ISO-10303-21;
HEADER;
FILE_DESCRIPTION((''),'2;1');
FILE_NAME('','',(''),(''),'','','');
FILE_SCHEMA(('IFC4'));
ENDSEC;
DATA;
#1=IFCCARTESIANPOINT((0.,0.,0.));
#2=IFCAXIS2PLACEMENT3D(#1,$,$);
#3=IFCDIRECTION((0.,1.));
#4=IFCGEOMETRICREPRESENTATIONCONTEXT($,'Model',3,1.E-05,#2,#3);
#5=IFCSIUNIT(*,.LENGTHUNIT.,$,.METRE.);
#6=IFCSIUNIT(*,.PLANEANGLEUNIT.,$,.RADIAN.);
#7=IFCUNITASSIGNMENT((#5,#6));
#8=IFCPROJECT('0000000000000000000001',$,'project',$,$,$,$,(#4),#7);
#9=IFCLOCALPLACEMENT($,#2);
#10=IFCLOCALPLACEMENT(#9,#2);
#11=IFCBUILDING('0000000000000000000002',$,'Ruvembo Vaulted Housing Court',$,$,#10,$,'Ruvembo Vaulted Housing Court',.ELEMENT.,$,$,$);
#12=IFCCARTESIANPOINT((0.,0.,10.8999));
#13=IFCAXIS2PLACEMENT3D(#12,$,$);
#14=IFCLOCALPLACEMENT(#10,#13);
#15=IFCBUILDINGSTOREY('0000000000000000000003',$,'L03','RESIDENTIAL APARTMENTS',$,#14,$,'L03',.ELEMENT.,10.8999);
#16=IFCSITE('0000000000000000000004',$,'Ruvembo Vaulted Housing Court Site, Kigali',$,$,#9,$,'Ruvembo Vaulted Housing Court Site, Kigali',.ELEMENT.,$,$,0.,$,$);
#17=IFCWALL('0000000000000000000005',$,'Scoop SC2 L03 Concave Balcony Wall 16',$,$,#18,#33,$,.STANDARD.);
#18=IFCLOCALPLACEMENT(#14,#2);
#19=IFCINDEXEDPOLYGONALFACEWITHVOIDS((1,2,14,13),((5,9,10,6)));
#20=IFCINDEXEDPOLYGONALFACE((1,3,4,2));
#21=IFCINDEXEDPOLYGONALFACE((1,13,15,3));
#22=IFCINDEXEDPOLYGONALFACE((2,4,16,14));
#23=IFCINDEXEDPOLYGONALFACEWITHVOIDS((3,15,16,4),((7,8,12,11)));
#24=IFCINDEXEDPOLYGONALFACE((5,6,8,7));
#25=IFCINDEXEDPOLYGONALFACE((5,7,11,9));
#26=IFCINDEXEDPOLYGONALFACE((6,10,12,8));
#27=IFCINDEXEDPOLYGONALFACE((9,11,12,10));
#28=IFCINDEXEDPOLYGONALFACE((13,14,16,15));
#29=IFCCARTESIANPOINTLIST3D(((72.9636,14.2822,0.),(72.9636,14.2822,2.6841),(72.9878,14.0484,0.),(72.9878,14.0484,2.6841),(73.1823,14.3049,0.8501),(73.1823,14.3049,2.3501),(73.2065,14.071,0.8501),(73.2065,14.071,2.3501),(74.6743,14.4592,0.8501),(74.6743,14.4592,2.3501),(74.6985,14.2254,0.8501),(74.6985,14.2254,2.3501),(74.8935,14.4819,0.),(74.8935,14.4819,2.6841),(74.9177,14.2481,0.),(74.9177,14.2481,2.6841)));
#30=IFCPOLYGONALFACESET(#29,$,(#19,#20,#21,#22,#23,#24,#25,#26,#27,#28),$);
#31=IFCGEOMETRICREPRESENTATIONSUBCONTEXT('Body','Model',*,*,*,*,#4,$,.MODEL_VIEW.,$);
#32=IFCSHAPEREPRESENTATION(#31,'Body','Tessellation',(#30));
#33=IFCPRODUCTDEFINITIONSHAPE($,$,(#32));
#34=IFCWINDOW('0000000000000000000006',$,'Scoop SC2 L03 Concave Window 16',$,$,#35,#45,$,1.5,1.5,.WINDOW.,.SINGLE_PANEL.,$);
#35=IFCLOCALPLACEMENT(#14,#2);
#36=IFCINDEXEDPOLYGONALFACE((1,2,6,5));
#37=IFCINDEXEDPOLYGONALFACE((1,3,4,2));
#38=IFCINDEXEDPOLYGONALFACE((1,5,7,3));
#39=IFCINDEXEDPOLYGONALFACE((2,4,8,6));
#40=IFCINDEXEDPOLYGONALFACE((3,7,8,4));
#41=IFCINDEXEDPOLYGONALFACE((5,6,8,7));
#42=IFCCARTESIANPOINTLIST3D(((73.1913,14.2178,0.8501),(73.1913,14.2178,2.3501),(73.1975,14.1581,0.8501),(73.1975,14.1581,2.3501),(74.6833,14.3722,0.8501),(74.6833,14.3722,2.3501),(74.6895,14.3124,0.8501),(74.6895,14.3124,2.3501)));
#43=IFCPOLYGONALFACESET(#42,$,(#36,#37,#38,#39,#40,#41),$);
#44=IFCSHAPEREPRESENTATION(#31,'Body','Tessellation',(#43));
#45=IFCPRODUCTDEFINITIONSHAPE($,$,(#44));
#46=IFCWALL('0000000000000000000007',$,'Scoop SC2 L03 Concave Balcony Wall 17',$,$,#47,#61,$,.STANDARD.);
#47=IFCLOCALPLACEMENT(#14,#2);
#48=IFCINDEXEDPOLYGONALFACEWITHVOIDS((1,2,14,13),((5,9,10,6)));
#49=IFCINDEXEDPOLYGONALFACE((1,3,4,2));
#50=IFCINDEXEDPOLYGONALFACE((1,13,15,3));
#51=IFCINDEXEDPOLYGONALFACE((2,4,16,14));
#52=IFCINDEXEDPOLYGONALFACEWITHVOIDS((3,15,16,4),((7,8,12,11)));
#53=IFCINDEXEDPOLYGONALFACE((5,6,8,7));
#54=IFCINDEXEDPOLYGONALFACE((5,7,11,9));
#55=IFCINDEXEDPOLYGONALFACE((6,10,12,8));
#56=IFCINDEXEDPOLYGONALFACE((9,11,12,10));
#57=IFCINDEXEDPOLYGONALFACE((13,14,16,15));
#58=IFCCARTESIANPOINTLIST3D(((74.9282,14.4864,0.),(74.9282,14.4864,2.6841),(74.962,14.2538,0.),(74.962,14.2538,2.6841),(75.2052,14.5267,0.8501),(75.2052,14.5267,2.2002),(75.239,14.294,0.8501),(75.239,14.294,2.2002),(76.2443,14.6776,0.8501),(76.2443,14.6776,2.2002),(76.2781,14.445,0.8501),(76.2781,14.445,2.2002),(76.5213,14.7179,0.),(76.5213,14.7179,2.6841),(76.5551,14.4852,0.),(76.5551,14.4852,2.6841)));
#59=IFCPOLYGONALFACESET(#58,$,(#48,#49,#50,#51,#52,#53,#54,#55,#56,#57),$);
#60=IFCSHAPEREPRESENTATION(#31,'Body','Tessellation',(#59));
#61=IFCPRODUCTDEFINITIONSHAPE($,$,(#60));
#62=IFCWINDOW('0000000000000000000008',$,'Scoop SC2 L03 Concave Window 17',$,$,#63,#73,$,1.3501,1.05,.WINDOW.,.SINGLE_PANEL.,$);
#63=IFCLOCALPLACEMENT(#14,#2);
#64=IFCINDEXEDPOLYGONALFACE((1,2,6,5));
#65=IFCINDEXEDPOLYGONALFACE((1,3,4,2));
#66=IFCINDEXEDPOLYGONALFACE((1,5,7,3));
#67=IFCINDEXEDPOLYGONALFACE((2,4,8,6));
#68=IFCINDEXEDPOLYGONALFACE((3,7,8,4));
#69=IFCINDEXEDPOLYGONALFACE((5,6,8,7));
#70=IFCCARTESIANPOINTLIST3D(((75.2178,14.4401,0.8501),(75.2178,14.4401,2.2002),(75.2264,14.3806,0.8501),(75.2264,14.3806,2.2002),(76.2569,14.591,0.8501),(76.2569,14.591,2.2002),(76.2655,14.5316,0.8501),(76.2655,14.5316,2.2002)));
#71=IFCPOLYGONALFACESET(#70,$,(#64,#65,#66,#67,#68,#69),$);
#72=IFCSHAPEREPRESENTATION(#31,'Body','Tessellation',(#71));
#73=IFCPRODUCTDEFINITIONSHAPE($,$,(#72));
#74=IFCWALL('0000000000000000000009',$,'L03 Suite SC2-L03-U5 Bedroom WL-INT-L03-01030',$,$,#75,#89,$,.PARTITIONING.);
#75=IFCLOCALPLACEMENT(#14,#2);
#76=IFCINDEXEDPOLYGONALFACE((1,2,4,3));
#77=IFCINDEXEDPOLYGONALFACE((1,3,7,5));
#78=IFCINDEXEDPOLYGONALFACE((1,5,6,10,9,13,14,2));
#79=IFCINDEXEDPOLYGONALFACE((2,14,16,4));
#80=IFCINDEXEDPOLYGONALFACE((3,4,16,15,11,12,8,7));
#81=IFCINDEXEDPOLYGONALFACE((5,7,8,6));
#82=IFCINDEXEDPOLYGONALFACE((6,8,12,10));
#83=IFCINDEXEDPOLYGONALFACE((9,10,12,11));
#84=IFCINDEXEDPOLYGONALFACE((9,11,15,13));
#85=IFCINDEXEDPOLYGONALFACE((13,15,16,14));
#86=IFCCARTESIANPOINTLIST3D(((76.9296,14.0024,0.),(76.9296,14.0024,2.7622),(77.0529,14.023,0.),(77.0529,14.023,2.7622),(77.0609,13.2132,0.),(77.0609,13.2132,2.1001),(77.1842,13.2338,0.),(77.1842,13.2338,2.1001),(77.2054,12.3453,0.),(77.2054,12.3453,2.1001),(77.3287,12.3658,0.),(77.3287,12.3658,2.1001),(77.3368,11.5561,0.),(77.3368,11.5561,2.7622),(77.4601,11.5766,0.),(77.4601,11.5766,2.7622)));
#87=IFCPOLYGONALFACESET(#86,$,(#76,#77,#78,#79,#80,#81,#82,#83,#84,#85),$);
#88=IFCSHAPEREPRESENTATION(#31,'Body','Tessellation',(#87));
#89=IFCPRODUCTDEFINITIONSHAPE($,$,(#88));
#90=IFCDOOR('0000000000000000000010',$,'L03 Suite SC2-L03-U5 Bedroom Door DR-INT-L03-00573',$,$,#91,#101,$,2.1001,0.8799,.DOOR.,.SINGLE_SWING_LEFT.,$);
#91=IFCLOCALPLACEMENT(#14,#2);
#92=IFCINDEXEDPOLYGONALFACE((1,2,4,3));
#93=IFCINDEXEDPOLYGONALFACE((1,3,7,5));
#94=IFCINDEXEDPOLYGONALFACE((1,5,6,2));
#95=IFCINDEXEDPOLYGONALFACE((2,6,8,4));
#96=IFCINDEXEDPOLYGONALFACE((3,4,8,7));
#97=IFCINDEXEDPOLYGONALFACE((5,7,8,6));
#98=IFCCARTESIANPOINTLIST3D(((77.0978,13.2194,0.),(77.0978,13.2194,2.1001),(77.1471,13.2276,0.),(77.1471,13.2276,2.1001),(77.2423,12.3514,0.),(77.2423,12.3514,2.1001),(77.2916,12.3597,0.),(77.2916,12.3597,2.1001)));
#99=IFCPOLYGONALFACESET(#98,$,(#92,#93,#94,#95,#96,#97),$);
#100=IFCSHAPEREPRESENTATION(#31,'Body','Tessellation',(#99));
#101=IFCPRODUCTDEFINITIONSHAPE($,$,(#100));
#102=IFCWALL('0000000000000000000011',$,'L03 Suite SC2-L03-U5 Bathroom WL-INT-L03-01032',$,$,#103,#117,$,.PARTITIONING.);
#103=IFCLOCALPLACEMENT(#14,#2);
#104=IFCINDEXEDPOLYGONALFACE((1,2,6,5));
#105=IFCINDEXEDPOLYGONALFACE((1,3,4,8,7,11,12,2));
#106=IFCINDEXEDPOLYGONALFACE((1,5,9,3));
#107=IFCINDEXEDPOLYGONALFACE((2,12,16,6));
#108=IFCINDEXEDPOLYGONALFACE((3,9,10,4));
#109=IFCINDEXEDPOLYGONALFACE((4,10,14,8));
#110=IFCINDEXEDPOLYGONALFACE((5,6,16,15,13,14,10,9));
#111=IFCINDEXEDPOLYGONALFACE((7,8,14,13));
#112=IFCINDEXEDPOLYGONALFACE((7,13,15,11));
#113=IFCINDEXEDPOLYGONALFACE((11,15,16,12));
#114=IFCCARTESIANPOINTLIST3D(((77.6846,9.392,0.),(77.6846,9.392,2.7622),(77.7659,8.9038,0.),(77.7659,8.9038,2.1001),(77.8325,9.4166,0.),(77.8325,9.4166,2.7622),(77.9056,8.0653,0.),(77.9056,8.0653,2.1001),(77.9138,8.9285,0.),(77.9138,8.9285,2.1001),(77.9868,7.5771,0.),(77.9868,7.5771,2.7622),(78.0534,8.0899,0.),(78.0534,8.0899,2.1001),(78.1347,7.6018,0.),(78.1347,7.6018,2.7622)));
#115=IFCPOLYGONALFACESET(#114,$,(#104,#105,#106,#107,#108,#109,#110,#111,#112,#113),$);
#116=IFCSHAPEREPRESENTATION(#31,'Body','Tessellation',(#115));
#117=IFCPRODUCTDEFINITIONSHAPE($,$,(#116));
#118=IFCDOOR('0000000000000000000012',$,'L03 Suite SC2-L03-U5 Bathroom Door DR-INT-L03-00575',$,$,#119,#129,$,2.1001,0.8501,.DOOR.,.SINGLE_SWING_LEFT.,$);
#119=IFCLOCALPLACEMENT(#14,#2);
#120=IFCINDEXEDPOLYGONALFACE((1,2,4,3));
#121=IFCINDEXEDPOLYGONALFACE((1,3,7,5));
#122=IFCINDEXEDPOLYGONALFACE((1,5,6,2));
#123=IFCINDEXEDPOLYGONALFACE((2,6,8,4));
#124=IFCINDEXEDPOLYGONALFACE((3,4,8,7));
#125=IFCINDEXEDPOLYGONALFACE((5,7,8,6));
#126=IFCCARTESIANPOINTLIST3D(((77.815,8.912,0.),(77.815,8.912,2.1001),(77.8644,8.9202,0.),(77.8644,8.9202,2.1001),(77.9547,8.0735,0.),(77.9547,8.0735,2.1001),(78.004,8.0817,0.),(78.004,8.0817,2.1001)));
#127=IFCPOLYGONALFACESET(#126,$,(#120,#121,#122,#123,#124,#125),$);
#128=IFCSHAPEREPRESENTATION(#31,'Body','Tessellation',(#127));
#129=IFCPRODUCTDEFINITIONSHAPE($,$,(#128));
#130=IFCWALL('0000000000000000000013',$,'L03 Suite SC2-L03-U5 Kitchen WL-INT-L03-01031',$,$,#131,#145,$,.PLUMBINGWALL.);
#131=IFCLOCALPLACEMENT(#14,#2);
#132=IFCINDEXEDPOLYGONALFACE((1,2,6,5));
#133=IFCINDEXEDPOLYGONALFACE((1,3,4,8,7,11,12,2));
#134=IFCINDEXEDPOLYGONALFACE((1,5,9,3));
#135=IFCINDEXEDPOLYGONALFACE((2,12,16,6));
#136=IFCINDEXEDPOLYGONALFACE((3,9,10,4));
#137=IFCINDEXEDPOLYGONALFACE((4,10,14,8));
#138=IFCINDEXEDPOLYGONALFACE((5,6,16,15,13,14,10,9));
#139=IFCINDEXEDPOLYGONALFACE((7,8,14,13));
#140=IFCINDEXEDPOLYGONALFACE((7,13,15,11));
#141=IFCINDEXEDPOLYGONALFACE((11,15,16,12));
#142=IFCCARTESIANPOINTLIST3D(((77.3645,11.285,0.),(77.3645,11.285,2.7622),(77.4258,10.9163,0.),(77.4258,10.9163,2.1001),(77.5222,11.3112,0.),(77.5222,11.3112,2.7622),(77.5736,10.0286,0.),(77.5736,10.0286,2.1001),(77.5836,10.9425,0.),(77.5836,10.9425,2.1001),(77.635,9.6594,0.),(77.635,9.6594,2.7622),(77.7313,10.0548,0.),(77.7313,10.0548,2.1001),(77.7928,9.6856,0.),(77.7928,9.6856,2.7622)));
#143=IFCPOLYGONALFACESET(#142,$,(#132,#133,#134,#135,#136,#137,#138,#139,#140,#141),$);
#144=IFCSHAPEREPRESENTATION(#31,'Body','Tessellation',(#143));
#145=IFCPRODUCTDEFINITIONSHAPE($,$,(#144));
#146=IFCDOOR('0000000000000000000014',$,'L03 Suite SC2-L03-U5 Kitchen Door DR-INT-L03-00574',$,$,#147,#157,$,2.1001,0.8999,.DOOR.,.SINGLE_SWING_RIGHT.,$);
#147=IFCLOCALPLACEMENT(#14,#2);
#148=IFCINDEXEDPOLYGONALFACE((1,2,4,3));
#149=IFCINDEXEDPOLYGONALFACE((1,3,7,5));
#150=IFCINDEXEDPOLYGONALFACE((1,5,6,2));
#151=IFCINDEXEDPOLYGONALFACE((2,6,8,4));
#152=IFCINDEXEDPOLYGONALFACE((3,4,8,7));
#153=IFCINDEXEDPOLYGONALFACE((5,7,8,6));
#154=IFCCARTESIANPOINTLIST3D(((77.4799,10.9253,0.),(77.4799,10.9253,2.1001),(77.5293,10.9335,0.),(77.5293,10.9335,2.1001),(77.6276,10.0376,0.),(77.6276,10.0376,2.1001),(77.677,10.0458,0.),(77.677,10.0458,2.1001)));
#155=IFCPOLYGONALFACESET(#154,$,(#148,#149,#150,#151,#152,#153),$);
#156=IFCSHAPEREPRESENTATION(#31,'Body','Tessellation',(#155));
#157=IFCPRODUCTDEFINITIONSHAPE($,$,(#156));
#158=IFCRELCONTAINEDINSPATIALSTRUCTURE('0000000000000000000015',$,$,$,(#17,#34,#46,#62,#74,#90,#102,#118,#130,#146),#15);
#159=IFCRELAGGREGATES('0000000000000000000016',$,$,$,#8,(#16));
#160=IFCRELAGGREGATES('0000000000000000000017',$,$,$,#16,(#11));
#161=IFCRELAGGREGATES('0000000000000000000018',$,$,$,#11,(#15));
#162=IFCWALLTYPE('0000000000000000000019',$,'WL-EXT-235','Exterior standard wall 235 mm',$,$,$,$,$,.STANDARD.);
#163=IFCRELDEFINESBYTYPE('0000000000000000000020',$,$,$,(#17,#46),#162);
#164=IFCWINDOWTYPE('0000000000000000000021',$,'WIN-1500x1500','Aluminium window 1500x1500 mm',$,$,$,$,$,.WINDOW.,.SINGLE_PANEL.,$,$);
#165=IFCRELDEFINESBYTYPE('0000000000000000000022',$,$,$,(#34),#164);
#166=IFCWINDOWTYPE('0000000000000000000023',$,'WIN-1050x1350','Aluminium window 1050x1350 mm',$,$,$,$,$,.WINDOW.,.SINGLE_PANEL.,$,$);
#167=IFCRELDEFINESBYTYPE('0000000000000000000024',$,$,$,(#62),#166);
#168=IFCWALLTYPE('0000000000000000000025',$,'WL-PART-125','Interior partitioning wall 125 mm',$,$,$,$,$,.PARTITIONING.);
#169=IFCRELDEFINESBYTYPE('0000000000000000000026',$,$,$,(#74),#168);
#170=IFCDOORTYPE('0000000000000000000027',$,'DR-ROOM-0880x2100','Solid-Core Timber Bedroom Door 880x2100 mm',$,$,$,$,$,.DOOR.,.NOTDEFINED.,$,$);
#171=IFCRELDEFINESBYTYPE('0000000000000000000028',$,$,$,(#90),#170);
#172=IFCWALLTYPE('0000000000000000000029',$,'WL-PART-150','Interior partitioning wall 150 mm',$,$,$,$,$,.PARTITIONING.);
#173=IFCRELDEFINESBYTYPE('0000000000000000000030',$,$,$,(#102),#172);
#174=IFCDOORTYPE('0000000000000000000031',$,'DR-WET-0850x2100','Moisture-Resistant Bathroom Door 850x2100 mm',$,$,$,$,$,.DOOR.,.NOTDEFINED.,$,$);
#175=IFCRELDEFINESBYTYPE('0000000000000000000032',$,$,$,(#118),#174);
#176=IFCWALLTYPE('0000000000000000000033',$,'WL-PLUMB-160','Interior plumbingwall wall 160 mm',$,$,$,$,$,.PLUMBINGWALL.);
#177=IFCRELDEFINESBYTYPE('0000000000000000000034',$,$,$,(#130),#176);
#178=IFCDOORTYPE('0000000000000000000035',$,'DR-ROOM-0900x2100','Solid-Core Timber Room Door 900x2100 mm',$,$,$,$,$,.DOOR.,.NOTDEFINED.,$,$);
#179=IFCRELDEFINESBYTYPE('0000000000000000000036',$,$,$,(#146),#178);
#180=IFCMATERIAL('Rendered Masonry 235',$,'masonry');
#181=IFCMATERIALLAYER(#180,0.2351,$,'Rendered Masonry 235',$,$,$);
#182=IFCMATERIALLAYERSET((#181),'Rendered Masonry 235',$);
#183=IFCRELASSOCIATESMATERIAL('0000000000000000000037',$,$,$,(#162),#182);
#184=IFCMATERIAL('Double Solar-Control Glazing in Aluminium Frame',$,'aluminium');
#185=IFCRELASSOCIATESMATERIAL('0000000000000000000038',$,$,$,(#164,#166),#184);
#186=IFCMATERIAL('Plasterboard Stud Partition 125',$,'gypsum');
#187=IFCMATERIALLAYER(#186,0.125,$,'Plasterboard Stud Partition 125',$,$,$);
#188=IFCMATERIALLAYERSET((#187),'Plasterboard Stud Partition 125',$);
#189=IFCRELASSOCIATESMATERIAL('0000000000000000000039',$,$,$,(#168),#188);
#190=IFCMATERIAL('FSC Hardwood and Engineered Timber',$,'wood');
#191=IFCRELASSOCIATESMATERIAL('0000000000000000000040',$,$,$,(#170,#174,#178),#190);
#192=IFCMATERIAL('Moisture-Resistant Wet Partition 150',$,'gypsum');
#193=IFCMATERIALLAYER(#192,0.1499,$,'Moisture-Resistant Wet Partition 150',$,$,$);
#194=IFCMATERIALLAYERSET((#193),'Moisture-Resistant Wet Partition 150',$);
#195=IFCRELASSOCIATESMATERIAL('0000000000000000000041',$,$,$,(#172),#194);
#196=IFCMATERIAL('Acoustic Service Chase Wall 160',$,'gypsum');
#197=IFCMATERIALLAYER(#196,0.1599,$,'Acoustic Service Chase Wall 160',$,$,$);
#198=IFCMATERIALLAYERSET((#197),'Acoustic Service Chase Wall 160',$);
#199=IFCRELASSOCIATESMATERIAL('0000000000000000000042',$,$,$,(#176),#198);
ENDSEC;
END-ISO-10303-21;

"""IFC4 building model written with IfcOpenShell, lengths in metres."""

from ifc_helpers import new_model, si_unit, direction, frame, frame_2d, origin, place, context, subcontext, project, spatial, rectangle, extrude, material, layer, layer_set, type_object, element, fill, save


model = new_model("IFC4")

# Units and contexts
model_context = context("Model", 3, precision=1e-05, world=origin(), true_north=direction((0.0, 1.0)))
body_context = subcontext(model_context, "Body", "Model", "MODEL_VIEW")
ifc_project = project(units=[si_unit("LENGTHUNIT", "METRE"), si_unit("PLANEANGLEUNIT", "RADIAN")], contexts=[model_context])

# Site, building, storey
site_placement = place(None, origin())
site = spatial("IfcSite", under=ifc_project, at=site_placement, Name="Ruvembo Vaulted Housing Court Site, Kigali", LongName="Ruvembo Vaulted Housing Court Site, Kigali", CompositionType="ELEMENT", RefElevation=0.0)
building_placement = place(site_placement, origin())
building = spatial("IfcBuilding", under=site, at=building_placement, Name="Ruvembo Vaulted Housing Court", LongName="Ruvembo Vaulted Housing Court", CompositionType="ELEMENT")
storey_placement = place(building_placement, frame((0.0, 0.0, 10.8999)))
storey = spatial("IfcBuildingStorey", under=building, at=storey_placement, Name="L03", Description="RESIDENTIAL APARTMENTS", LongName="L03", CompositionType="ELEMENT", Elevation=10.8999)

# Shared definitions
ifc_material_1 = material(Name="FSC Hardwood and Engineered Timber", Category="wood")

# Shared definitions
ifc_material_2 = material(Name="Rendered Masonry 235", Category="masonry")
ifc_layer_1 = layer(ifc_material_2, 0.2351, Name="Rendered Masonry 235")
ifc_layer_set_1 = layer_set([ifc_layer_1], Name="Rendered Masonry 235")
wall_type_1 = type_object("IfcWallType", Name="WL-EXT-235", Description="Exterior standard wall 235 mm", PredefinedType="STANDARD", material=ifc_layer_set_1)

# Walls, openings, windows
wall_1_placement = place(storey_placement, frame((72.9756, 14.1653, 0.0), z_axis=(0.0, 0.0, 1.0), x_axis=(0.994689, 0.102929, 0.0)))
wall_1 = element("IfcWall", 1, at=wall_1_placement, inside=storey, type_object=wall_type_1, Name="Scoop SC2 L03 Concave Balcony Wall 16", PredefinedType="STANDARD", context=body_context, shape_type="SweptSolid", body=[
    extrude(rectangle(XDim=1.9402, YDim=0.2351, at=frame_2d((0.9702, 0.0))), origin(), (0.0, 0.0, 1.0), 2.6841),
])
opening_1_placement = place(wall_1_placement, frame((0.22, 0.0, 0.8501)))
opening_1 = element("IfcOpeningElement", 2, at=opening_1_placement, cuts=wall_1, PredefinedType="OPENING", context=body_context, shape_type="SweptSolid", body=[
    extrude(rectangle(XDim=1.5, YDim=1.5, at=frame_2d((0.75, 0.75))), frame((0.0, 0.1274, 0.0), z_axis=(0.0, -1.0, 0.0), x_axis=(1.0, 0.0, 0.0)), (0.0, 0.0, 1.0), 0.2551),
])
ifc_material_3 = material(Name="Double Solar-Control Glazing in Aluminium Frame", Category="aluminium")
window_type_1 = type_object("IfcWindowType", Name="WIN-1500x1500", Description="Aluminium window 1500x1500 mm", PartitioningType="SINGLE_PANEL", PredefinedType="WINDOW", material=ifc_material_3)
window_1_placement = place(opening_1_placement, origin())
window_1 = element("IfcWindow", 3, at=window_1_placement, inside=storey, type_object=window_type_1, Name="Scoop SC2 L03 Concave Window 16", OverallHeight=1.5, OverallWidth=1.5, PartitioningType="SINGLE_PANEL", PredefinedType="WINDOW", context=body_context, shape_type="SweptSolid", body=[
    extrude(rectangle(XDim=1.5, YDim=1.5, at=frame_2d((0.75, 0.75))), frame((0.0, 0.03, 0.0), z_axis=(0.0, -1.0, 0.0), x_axis=(1.0, 0.0, 0.0)), (0.0, 0.0, 1.0), 0.0601),
])
fill(opening_1, window_1)
wall_2_placement = place(storey_placement, frame((74.9451, 14.3701, 0.0), z_axis=(0.0, 0.0, 1.0), x_axis=(0.989613, 0.143756, 0.0)))
wall_2 = element("IfcWall", 4, at=wall_2_placement, inside=storey, type_object=wall_type_1, Name="Scoop SC2 L03 Concave Balcony Wall 17", PredefinedType="STANDARD", context=body_context, shape_type="SweptSolid", body=[
    extrude(rectangle(XDim=1.6099, YDim=0.2351, at=frame_2d((0.8049, 0.0))), origin(), (0.0, 0.0, 1.0), 2.6841),
])
opening_2_placement = place(wall_2_placement, frame((0.28, 0.0, 0.8501)))
opening_2 = element("IfcOpeningElement", 5, at=opening_2_placement, cuts=wall_2, PredefinedType="OPENING", context=body_context, shape_type="SweptSolid", body=[
    extrude(rectangle(XDim=1.05, YDim=1.3501, at=frame_2d((0.5249, 0.675))), frame((0.0, 0.1274, 0.0), z_axis=(0.0, -1.0, 0.0), x_axis=(1.0, 0.0, 0.0)), (0.0, 0.0, 1.0), 0.2551),
])
window_type_2 = type_object("IfcWindowType", Name="WIN-1050x1350", Description="Aluminium window 1050x1350 mm", PartitioningType="SINGLE_PANEL", PredefinedType="WINDOW", material=ifc_material_3)
window_2_placement = place(opening_2_placement, origin())
window_2 = element("IfcWindow", 6, at=window_2_placement, inside=storey, type_object=window_type_2, Name="Scoop SC2 L03 Concave Window 17", OverallHeight=1.3501, OverallWidth=1.05, PartitioningType="SINGLE_PANEL", PredefinedType="WINDOW", context=body_context, shape_type="SweptSolid", body=[
    extrude(rectangle(XDim=1.05, YDim=1.3501, at=frame_2d((0.5249, 0.675))), frame((0.0, 0.03, 0.0), z_axis=(0.0, -1.0, 0.0), x_axis=(1.0, 0.0, 0.0)), (0.0, 0.0, 1.0), 0.0601),
])
fill(opening_2, window_2)

# Walls, openings, doors
ifc_material_4 = material(Name="Plasterboard Stud Partition 125", Category="gypsum")
ifc_layer_2 = layer(ifc_material_4, 0.125, Name="Plasterboard Stud Partition 125")
ifc_layer_set_2 = layer_set([ifc_layer_2], Name="Plasterboard Stud Partition 125")
wall_type_2 = type_object("IfcWallType", Name="WL-PART-125", Description="Interior partitioning wall 125 mm", PredefinedType="PARTITIONING", material=ifc_layer_set_2)
wall_3_placement = place(storey_placement, frame((76.9912, 14.0127, 0.0), z_axis=(0.0, 0.0, 1.0), x_axis=(0.164207, -0.986426, 0.0)))
wall_3 = element("IfcWall", 7, at=wall_3_placement, inside=storey, type_object=wall_type_2, Name="L03 Suite SC2-L03-U5 Bedroom WL-INT-L03-01030", PredefinedType="PARTITIONING", context=body_context, shape_type="SweptSolid", body=[
    extrude(rectangle(XDim=2.48, YDim=0.125, at=frame_2d((1.24, 0.0))), origin(), (0.0, 0.0, 1.0), 2.7622),
])
opening_3_placement = place(wall_3_placement, frame((0.8, 0.0, 0.0)))
opening_3 = element("IfcOpeningElement", 8, at=opening_3_placement, cuts=wall_3, PredefinedType="OPENING", context=body_context, shape_type="SweptSolid", body=[
    extrude(rectangle(XDim=0.8799, YDim=2.1001, at=frame_2d((0.4399, 1.05))), frame((0.0, 0.0725, 0.0), z_axis=(0.0, -1.0, 0.0), x_axis=(1.0, 0.0, 0.0)), (0.0, 0.0, 1.0), 0.145),
])
door_type_1 = type_object("IfcDoorType", Name="DR-ROOM-0880x2100", Description="Solid-Core Timber Bedroom Door 880x2100 mm", OperationType="NOTDEFINED", PredefinedType="DOOR", material=ifc_material_1)
door_1_placement = place(opening_3_placement, origin())
door_1 = element("IfcDoor", 9, at=door_1_placement, inside=storey, type_object=door_type_1, Name="L03 Suite SC2-L03-U5 Bedroom Door DR-INT-L03-00573", OperationType="SINGLE_SWING_LEFT", OverallHeight=2.1001, OverallWidth=0.8799, PredefinedType="DOOR", context=body_context, shape_type="SweptSolid", body=[
    extrude(rectangle(XDim=0.8799, YDim=2.1001, at=frame_2d((0.4399, 1.05))), frame((0.0, 0.0249, 0.0), z_axis=(0.0, -1.0, 0.0), x_axis=(1.0, 0.0, 0.0)), (0.0, 0.0, 1.0), 0.05),
])
fill(opening_3, door_1)
ifc_material_5 = material(Name="Moisture-Resistant Wet Partition 150", Category="gypsum")
ifc_layer_3 = layer(ifc_material_5, 0.1499, Name="Moisture-Resistant Wet Partition 150")
ifc_layer_set_3 = layer_set([ifc_layer_3], Name="Moisture-Resistant Wet Partition 150")
wall_type_3 = type_object("IfcWallType", Name="WL-PART-150", Description="Interior partitioning wall 150 mm", PredefinedType="PARTITIONING", material=ifc_layer_set_3)
wall_4_placement = place(storey_placement, frame((77.7585, 9.4043, 0.0), z_axis=(0.0, 0.0, 1.0), x_axis=(0.16427, -0.986415, 0.0)))
wall_4 = element("IfcWall", 10, at=wall_4_placement, inside=storey, type_object=wall_type_3, Name="L03 Suite SC2-L03-U5 Bathroom WL-INT-L03-01032", PredefinedType="PARTITIONING", context=body_context, shape_type="SweptSolid", body=[
    extrude(rectangle(XDim=1.8398, YDim=0.1499, at=frame_2d((0.9199, 0.0))), origin(), (0.0, 0.0, 1.0), 2.7622),
])
opening_4_placement = place(wall_4_placement, frame((0.4949, 0.0, 0.0)))
opening_4 = element("IfcOpeningElement", 11, at=opening_4_placement, cuts=wall_4, PredefinedType="OPENING", context=body_context, shape_type="SweptSolid", body=[
    extrude(rectangle(XDim=0.8501, YDim=2.1001, at=frame_2d((0.425, 1.05))), frame((0.0, 0.085, 0.0), z_axis=(0.0, -1.0, 0.0), x_axis=(1.0, 0.0, 0.0)), (0.0, 0.0, 1.0), 0.1699),
])
door_type_2 = type_object("IfcDoorType", Name="DR-WET-0850x2100", Description="Moisture-Resistant Bathroom Door 850x2100 mm", OperationType="NOTDEFINED", PredefinedType="DOOR", material=ifc_material_1)
door_2_placement = place(opening_4_placement, origin())
door_2 = element("IfcDoor", 12, at=door_2_placement, inside=storey, type_object=door_type_2, Name="L03 Suite SC2-L03-U5 Bathroom Door DR-INT-L03-00575", OperationType="SINGLE_SWING_LEFT", OverallHeight=2.1001, OverallWidth=0.8501, PredefinedType="DOOR", context=body_context, shape_type="SweptSolid", body=[
    extrude(rectangle(XDim=0.8501, YDim=2.1001, at=frame_2d((0.425, 1.05))), frame((0.0, 0.0249, 0.0), z_axis=(0.0, -1.0, 0.0), x_axis=(1.0, 0.0, 0.0)), (0.0, 0.0, 1.0), 0.05),
])
fill(opening_4, door_2)
ifc_material_6 = material(Name="Acoustic Service Chase Wall 160", Category="gypsum")
ifc_layer_4 = layer(ifc_material_6, 0.1599, Name="Acoustic Service Chase Wall 160")
ifc_layer_set_4 = layer_set([ifc_layer_4], Name="Acoustic Service Chase Wall 160")
wall_type_4 = type_object("IfcWallType", Name="WL-PLUMB-160", Description="Interior plumbingwall wall 160 mm", PredefinedType="PLUMBINGWALL", material=ifc_layer_set_4)
wall_5_placement = place(storey_placement, frame((77.4434, 11.2981, 0.0), z_axis=(0.0, 0.0, 1.0), x_axis=(0.164159, -0.986434, 0.0)))
wall_5 = element("IfcWall", 13, at=wall_5_placement, inside=storey, type_object=wall_type_4, Name="L03 Suite SC2-L03-U5 Kitchen WL-INT-L03-01031", PredefinedType="PLUMBINGWALL", context=body_context, shape_type="SweptSolid", body=[
    extrude(rectangle(XDim=1.6479, YDim=0.1599, at=frame_2d((0.824, 0.0))), origin(), (0.0, 0.0, 1.0), 2.7622),
])
opening_5_placement = place(wall_5_placement, frame((0.3738, 0.0, 0.0)))
opening_5 = element("IfcOpeningElement", 14, at=opening_5_placement, cuts=wall_5, PredefinedType="OPENING", context=body_context, shape_type="SweptSolid", body=[
    extrude(rectangle(XDim=0.8999, YDim=2.1001, at=frame_2d((0.45, 1.05))), frame((0.0, 0.0898, 0.0), z_axis=(0.0, -1.0, 0.0), x_axis=(1.0, 0.0, 0.0)), (0.0, 0.0, 1.0), 0.1799),
])
door_type_3 = type_object("IfcDoorType", Name="DR-ROOM-0900x2100", Description="Solid-Core Timber Room Door 900x2100 mm", OperationType="NOTDEFINED", PredefinedType="DOOR", material=ifc_material_1)
door_3_placement = place(opening_5_placement, origin())
door_3 = element("IfcDoor", 15, at=door_3_placement, inside=storey, type_object=door_type_3, Name="L03 Suite SC2-L03-U5 Kitchen Door DR-INT-L03-00574", OperationType="SINGLE_SWING_RIGHT", OverallHeight=2.1001, OverallWidth=0.8999, PredefinedType="DOOR", context=body_context, shape_type="SweptSolid", body=[
    extrude(rectangle(XDim=0.8999, YDim=2.1001, at=frame_2d((0.45, 1.05))), frame((0.0, 0.0249, 0.0), z_axis=(0.0, -1.0, 0.0), x_axis=(1.0, 0.0, 0.0)), (0.0, 0.0, 1.0), 0.05),
])
fill(opening_5, door_3)

save(model, "model.ifc")
